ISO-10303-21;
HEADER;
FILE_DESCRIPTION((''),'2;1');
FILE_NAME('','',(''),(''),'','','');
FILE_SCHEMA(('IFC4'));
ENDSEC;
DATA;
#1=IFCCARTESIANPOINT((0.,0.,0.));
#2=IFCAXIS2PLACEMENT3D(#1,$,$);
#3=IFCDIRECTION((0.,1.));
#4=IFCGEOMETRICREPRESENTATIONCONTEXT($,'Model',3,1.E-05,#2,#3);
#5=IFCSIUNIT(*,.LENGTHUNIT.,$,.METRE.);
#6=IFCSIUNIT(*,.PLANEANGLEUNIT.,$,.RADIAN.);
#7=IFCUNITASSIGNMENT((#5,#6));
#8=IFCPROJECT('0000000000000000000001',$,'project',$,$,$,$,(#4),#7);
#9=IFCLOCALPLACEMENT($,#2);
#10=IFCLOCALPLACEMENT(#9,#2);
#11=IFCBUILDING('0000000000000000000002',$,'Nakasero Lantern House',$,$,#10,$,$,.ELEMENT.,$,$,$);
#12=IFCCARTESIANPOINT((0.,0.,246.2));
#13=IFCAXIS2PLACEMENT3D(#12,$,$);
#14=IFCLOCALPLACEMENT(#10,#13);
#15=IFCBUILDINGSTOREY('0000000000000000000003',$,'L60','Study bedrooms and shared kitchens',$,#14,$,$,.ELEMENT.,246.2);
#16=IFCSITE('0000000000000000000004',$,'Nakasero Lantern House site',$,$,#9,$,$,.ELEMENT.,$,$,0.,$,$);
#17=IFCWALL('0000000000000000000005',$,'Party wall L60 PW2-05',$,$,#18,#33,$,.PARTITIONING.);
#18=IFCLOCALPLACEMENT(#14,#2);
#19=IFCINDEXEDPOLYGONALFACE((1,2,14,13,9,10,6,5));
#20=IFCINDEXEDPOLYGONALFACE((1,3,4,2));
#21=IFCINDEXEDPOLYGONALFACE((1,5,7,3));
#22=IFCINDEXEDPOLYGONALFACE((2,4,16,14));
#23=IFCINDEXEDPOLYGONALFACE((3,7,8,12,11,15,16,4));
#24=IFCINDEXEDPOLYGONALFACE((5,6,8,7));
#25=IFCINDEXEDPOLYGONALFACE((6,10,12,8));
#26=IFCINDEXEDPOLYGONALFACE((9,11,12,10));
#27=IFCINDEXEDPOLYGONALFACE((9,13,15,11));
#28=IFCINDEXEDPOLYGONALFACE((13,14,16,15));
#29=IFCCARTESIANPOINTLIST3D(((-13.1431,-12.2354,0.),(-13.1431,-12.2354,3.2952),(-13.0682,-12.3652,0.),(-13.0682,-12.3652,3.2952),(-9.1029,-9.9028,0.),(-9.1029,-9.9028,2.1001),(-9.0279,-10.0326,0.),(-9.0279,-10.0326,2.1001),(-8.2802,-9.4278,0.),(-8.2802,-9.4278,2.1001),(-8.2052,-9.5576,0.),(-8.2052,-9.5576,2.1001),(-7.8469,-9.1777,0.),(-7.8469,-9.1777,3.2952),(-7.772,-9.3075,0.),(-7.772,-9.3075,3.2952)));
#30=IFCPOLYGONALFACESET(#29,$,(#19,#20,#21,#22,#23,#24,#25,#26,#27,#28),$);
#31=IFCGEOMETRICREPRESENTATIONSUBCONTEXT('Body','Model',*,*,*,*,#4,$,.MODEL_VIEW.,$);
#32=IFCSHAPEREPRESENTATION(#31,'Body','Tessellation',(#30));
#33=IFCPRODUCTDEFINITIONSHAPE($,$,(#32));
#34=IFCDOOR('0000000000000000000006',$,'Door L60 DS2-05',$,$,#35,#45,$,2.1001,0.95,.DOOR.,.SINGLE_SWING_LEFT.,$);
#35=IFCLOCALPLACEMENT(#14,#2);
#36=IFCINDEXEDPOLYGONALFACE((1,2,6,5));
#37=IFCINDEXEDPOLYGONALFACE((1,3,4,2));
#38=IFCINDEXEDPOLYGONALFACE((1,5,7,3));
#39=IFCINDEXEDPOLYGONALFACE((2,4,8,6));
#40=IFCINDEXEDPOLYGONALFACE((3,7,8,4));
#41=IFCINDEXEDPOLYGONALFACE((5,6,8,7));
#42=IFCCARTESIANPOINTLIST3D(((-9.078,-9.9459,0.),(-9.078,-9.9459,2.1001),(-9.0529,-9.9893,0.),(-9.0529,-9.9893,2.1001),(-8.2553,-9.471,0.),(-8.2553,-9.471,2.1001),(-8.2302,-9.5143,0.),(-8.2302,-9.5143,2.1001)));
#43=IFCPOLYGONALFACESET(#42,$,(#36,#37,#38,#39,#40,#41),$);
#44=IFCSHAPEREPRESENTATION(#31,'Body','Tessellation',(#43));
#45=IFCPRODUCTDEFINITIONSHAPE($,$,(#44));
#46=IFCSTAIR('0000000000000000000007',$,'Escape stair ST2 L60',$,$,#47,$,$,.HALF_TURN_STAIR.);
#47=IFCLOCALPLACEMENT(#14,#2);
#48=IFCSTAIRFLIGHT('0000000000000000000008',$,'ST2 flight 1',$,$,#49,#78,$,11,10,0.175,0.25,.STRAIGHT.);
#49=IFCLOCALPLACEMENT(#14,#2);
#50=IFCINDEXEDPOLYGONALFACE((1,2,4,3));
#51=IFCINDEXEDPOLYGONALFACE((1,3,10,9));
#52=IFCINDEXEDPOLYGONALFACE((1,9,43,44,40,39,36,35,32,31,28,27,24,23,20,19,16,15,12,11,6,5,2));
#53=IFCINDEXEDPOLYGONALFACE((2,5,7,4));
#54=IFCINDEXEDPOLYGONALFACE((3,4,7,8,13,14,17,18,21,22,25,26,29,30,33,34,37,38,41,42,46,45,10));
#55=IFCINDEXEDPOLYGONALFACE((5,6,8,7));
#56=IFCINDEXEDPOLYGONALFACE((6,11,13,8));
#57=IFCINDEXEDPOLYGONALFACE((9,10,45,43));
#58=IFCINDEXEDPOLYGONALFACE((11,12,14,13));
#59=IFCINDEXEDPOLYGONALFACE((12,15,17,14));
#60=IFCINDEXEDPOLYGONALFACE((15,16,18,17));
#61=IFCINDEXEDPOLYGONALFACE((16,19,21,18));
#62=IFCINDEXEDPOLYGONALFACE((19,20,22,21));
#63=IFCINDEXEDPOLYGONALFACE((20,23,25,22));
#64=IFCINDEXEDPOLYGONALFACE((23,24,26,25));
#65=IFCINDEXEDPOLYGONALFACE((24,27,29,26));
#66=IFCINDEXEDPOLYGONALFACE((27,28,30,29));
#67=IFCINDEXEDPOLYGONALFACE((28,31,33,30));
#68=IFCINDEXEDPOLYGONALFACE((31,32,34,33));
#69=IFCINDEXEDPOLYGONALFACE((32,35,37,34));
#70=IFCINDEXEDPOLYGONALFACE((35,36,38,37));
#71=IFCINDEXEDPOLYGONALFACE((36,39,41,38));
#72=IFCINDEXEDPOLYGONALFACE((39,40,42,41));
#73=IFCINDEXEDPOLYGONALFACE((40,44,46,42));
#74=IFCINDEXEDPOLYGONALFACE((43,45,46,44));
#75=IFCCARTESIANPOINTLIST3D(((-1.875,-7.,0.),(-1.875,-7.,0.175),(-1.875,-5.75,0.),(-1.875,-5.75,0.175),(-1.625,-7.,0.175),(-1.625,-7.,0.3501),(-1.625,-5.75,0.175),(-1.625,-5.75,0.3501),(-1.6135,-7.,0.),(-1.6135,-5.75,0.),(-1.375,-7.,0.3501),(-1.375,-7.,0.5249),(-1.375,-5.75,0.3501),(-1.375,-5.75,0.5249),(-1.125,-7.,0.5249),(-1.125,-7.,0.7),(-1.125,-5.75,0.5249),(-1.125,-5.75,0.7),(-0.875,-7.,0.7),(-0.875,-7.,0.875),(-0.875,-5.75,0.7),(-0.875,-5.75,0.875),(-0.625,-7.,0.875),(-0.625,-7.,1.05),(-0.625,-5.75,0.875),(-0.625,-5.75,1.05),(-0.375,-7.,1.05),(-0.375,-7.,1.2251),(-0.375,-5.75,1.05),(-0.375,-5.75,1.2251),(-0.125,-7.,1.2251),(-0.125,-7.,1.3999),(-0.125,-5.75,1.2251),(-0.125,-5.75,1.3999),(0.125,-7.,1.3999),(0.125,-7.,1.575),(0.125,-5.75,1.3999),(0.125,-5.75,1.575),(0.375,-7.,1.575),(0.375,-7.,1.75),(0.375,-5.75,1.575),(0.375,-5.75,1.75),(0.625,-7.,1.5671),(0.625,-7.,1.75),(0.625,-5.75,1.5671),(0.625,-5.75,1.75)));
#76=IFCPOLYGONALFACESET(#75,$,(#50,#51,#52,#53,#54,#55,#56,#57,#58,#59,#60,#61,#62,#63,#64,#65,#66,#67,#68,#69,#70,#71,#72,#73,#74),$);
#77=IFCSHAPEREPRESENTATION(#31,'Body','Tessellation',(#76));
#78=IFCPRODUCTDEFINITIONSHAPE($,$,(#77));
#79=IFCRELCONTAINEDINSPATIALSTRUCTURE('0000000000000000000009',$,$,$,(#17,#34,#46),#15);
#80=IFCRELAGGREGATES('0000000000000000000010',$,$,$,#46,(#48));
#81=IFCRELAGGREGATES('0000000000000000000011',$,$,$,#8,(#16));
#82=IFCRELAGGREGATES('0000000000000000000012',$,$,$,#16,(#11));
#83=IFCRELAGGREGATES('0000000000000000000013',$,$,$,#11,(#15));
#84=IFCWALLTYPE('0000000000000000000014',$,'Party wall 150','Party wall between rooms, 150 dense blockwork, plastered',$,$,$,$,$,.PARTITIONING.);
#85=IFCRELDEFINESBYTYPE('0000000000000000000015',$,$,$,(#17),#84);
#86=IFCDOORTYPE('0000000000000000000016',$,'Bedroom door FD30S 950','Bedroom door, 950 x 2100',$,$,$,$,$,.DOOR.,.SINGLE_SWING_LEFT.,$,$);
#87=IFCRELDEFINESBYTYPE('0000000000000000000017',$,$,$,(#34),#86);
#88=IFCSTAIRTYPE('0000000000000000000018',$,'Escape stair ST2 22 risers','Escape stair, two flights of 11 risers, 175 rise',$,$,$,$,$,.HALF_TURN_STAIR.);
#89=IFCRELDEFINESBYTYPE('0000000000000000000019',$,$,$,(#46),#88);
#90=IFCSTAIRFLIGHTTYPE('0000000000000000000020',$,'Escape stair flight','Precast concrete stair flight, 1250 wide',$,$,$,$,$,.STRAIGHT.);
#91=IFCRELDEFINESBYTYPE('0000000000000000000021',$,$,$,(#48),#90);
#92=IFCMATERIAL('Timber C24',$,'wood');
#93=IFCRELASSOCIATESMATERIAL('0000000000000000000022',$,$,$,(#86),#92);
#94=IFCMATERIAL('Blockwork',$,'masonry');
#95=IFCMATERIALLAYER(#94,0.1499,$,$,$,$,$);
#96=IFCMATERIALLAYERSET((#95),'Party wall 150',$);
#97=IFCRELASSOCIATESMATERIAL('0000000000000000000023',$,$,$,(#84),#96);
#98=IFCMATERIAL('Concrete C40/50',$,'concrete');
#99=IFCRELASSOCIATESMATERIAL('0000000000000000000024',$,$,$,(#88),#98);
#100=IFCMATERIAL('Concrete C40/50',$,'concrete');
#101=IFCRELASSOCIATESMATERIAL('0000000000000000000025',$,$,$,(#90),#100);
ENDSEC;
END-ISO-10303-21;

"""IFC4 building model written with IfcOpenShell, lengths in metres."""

from ifc_helpers import new_model, si_unit, direction, frame, frame_2d, origin, place, context, subcontext, project, spatial, polyline, rectangle, outline, extrude, material, layer, layer_set, type_object, element, fill, aggregate, save


model = new_model("IFC4")

# Units and contexts
model_context = context("Model", 3, precision=1e-05, world=origin(), true_north=direction((0.0, 1.0)))
body_context = subcontext(model_context, "Body", "Model", "MODEL_VIEW")
ifc_project = project(units=[si_unit("LENGTHUNIT", "METRE"), si_unit("PLANEANGLEUNIT", "RADIAN")], contexts=[model_context])

# Site, building, storey
site_placement = place(None, origin())
site = spatial("IfcSite", under=ifc_project, at=site_placement, Name="Nakasero Lantern House site", CompositionType="ELEMENT", RefElevation=0.0)
building_placement = place(site_placement, origin())
building = spatial("IfcBuilding", under=site, at=building_placement, Name="Nakasero Lantern House", CompositionType="ELEMENT")
storey_placement = place(building_placement, frame((0.0, 0.0, 246.2)))
storey = spatial("IfcBuildingStorey", under=building, at=storey_placement, Name="L60", Description="Study bedrooms and shared kitchens", CompositionType="ELEMENT", Elevation=246.2)

# Shared definitions
ifc_material_1 = material(Name="Timber C24", Category="wood")
door_type_1 = type_object("IfcDoorType", Name="Bedroom door FD30S 950", Description="Bedroom door, 950 x 2100", OperationType="SINGLE_SWING_LEFT", PredefinedType="DOOR", material=ifc_material_1)

# Shared definitions
ifc_material_2 = material(Name="Blockwork", Category="masonry")
ifc_layer_1 = layer(ifc_material_2, 0.1499)
ifc_layer_set_1 = layer_set([ifc_layer_1], Name="Party wall 150")
wall_type_1 = type_object("IfcWallType", Name="Party wall 150", Description="Party wall between rooms, 150 dense blockwork, plastered", PredefinedType="PARTITIONING", material=ifc_layer_set_1)

# Wall, opening, door
wall_1_placement = place(storey_placement, frame((-7.8096, -9.2427, 0.0), z_axis=(0.0, 0.0, 1.0), x_axis=(-0.866033, -0.499986, 0.0)))
wall_1 = element("IfcWall", 1, at=wall_1_placement, inside=storey, type_object=wall_type_1, Name="Party wall L60 PW2-05", PredefinedType="PARTITIONING", context=body_context, shape_type="SweptSolid", body=[
    extrude(rectangle(XDim=6.1155, YDim=0.1499, at=frame_2d((3.0576, 0.0))), origin(), (0.0, 0.0, 1.0), 3.2952),
])
opening_1_placement = place(wall_1_placement, frame((0.5, 0.0, 0.0)))
opening_1 = element("IfcOpeningElement", 2, at=opening_1_placement, cuts=wall_1, PredefinedType="OPENING", context=body_context, shape_type="SweptSolid", body=[
    extrude(rectangle(XDim=0.95, YDim=2.1001, at=frame_2d((0.4751, 1.05))), frame((0.0, 0.095, 0.0), z_axis=(0.0, -1.0, 0.0), x_axis=(1.0, 0.0, 0.0)), (0.0, 0.0, 1.0), 0.1899),
])
door_1_placement = place(opening_1_placement, origin())
door_1 = element("IfcDoor", 3, at=door_1_placement, inside=storey, type_object=door_type_1, Name="Door L60 DS2-05", OperationType="SINGLE_SWING_LEFT", OverallHeight=2.1001, OverallWidth=0.95, PredefinedType="DOOR", context=body_context, shape_type="SweptSolid", body=[
    extrude(rectangle(XDim=0.95, YDim=2.1001, at=frame_2d((0.4751, 1.05))), frame((0.0, 0.0249, 0.0), z_axis=(0.0, -1.0, 0.0), x_axis=(1.0, 0.0, 0.0)), (0.0, 0.0, 1.0), 0.05),
])
fill(opening_1, door_1)

# Stair, stair flight
ifc_material_3 = material(Name="Concrete C40/50", Category="concrete")
stair_type = type_object("IfcStairType", Name="Escape stair ST2 22 risers", Description="Escape stair, two flights of 11 risers, 175 rise", PredefinedType="HALF_TURN_STAIR", material=ifc_material_3)
stair_placement = place(storey_placement, origin())
stair = element("IfcStair", 4, at=stair_placement, inside=storey, type_object=stair_type, Name="Escape stair ST2 L60", PredefinedType="HALF_TURN_STAIR")
ifc_material_4 = material(Name="Concrete C40/50", Category="concrete")
stair_flight_type = type_object("IfcStairFlightType", Name="Escape stair flight", Description="Precast concrete stair flight, 1250 wide", PredefinedType="STRAIGHT", material=ifc_material_4)
stair_flight_placement = place(storey_placement, frame((-1.875, -6.375, 0.0), z_axis=(0.0, 0.0, 1.0), x_axis=(1.0, 0.0, 0.0)))
stair_flight = element("IfcStairFlight", 5, at=stair_flight_placement, type_object=stair_flight_type, Name="ST2 flight 1", NumberOfRisers=11, NumberOfTreads=10, PredefinedType="STRAIGHT", RiserHeight=0.175, TreadLength=0.25, context=body_context, shape_type="SweptSolid", body=[
    extrude(outline(polyline([(0.0, 0.0), (0.0, 0.175), (0.25, 0.175), (0.25, 0.3501), (0.5, 0.3501), (0.5, 0.5249), (0.75, 0.5249), (0.75, 0.7), (1.0, 0.7), (1.0, 0.875), (1.25, 0.875), (1.25, 1.05), (1.5, 1.05), (1.5, 1.2251), (1.75, 1.2251), (1.75, 1.3999), (2.0, 1.3999), (2.0, 1.575), (2.25, 1.575), (2.25, 1.75), (2.5, 1.75), (2.5, 1.925), (2.5, 1.5671), (0.2615, 0.0), (0.0, 0.0)])), frame((0.0, 0.625, 0.0), z_axis=(0.0, -1.0, 0.0), x_axis=(1.0, 0.0, 0.0)), (0.0, 0.0, 1.0), 1.25),
])
aggregate(stair, [stair_flight])

save(model, "model.ifc")
